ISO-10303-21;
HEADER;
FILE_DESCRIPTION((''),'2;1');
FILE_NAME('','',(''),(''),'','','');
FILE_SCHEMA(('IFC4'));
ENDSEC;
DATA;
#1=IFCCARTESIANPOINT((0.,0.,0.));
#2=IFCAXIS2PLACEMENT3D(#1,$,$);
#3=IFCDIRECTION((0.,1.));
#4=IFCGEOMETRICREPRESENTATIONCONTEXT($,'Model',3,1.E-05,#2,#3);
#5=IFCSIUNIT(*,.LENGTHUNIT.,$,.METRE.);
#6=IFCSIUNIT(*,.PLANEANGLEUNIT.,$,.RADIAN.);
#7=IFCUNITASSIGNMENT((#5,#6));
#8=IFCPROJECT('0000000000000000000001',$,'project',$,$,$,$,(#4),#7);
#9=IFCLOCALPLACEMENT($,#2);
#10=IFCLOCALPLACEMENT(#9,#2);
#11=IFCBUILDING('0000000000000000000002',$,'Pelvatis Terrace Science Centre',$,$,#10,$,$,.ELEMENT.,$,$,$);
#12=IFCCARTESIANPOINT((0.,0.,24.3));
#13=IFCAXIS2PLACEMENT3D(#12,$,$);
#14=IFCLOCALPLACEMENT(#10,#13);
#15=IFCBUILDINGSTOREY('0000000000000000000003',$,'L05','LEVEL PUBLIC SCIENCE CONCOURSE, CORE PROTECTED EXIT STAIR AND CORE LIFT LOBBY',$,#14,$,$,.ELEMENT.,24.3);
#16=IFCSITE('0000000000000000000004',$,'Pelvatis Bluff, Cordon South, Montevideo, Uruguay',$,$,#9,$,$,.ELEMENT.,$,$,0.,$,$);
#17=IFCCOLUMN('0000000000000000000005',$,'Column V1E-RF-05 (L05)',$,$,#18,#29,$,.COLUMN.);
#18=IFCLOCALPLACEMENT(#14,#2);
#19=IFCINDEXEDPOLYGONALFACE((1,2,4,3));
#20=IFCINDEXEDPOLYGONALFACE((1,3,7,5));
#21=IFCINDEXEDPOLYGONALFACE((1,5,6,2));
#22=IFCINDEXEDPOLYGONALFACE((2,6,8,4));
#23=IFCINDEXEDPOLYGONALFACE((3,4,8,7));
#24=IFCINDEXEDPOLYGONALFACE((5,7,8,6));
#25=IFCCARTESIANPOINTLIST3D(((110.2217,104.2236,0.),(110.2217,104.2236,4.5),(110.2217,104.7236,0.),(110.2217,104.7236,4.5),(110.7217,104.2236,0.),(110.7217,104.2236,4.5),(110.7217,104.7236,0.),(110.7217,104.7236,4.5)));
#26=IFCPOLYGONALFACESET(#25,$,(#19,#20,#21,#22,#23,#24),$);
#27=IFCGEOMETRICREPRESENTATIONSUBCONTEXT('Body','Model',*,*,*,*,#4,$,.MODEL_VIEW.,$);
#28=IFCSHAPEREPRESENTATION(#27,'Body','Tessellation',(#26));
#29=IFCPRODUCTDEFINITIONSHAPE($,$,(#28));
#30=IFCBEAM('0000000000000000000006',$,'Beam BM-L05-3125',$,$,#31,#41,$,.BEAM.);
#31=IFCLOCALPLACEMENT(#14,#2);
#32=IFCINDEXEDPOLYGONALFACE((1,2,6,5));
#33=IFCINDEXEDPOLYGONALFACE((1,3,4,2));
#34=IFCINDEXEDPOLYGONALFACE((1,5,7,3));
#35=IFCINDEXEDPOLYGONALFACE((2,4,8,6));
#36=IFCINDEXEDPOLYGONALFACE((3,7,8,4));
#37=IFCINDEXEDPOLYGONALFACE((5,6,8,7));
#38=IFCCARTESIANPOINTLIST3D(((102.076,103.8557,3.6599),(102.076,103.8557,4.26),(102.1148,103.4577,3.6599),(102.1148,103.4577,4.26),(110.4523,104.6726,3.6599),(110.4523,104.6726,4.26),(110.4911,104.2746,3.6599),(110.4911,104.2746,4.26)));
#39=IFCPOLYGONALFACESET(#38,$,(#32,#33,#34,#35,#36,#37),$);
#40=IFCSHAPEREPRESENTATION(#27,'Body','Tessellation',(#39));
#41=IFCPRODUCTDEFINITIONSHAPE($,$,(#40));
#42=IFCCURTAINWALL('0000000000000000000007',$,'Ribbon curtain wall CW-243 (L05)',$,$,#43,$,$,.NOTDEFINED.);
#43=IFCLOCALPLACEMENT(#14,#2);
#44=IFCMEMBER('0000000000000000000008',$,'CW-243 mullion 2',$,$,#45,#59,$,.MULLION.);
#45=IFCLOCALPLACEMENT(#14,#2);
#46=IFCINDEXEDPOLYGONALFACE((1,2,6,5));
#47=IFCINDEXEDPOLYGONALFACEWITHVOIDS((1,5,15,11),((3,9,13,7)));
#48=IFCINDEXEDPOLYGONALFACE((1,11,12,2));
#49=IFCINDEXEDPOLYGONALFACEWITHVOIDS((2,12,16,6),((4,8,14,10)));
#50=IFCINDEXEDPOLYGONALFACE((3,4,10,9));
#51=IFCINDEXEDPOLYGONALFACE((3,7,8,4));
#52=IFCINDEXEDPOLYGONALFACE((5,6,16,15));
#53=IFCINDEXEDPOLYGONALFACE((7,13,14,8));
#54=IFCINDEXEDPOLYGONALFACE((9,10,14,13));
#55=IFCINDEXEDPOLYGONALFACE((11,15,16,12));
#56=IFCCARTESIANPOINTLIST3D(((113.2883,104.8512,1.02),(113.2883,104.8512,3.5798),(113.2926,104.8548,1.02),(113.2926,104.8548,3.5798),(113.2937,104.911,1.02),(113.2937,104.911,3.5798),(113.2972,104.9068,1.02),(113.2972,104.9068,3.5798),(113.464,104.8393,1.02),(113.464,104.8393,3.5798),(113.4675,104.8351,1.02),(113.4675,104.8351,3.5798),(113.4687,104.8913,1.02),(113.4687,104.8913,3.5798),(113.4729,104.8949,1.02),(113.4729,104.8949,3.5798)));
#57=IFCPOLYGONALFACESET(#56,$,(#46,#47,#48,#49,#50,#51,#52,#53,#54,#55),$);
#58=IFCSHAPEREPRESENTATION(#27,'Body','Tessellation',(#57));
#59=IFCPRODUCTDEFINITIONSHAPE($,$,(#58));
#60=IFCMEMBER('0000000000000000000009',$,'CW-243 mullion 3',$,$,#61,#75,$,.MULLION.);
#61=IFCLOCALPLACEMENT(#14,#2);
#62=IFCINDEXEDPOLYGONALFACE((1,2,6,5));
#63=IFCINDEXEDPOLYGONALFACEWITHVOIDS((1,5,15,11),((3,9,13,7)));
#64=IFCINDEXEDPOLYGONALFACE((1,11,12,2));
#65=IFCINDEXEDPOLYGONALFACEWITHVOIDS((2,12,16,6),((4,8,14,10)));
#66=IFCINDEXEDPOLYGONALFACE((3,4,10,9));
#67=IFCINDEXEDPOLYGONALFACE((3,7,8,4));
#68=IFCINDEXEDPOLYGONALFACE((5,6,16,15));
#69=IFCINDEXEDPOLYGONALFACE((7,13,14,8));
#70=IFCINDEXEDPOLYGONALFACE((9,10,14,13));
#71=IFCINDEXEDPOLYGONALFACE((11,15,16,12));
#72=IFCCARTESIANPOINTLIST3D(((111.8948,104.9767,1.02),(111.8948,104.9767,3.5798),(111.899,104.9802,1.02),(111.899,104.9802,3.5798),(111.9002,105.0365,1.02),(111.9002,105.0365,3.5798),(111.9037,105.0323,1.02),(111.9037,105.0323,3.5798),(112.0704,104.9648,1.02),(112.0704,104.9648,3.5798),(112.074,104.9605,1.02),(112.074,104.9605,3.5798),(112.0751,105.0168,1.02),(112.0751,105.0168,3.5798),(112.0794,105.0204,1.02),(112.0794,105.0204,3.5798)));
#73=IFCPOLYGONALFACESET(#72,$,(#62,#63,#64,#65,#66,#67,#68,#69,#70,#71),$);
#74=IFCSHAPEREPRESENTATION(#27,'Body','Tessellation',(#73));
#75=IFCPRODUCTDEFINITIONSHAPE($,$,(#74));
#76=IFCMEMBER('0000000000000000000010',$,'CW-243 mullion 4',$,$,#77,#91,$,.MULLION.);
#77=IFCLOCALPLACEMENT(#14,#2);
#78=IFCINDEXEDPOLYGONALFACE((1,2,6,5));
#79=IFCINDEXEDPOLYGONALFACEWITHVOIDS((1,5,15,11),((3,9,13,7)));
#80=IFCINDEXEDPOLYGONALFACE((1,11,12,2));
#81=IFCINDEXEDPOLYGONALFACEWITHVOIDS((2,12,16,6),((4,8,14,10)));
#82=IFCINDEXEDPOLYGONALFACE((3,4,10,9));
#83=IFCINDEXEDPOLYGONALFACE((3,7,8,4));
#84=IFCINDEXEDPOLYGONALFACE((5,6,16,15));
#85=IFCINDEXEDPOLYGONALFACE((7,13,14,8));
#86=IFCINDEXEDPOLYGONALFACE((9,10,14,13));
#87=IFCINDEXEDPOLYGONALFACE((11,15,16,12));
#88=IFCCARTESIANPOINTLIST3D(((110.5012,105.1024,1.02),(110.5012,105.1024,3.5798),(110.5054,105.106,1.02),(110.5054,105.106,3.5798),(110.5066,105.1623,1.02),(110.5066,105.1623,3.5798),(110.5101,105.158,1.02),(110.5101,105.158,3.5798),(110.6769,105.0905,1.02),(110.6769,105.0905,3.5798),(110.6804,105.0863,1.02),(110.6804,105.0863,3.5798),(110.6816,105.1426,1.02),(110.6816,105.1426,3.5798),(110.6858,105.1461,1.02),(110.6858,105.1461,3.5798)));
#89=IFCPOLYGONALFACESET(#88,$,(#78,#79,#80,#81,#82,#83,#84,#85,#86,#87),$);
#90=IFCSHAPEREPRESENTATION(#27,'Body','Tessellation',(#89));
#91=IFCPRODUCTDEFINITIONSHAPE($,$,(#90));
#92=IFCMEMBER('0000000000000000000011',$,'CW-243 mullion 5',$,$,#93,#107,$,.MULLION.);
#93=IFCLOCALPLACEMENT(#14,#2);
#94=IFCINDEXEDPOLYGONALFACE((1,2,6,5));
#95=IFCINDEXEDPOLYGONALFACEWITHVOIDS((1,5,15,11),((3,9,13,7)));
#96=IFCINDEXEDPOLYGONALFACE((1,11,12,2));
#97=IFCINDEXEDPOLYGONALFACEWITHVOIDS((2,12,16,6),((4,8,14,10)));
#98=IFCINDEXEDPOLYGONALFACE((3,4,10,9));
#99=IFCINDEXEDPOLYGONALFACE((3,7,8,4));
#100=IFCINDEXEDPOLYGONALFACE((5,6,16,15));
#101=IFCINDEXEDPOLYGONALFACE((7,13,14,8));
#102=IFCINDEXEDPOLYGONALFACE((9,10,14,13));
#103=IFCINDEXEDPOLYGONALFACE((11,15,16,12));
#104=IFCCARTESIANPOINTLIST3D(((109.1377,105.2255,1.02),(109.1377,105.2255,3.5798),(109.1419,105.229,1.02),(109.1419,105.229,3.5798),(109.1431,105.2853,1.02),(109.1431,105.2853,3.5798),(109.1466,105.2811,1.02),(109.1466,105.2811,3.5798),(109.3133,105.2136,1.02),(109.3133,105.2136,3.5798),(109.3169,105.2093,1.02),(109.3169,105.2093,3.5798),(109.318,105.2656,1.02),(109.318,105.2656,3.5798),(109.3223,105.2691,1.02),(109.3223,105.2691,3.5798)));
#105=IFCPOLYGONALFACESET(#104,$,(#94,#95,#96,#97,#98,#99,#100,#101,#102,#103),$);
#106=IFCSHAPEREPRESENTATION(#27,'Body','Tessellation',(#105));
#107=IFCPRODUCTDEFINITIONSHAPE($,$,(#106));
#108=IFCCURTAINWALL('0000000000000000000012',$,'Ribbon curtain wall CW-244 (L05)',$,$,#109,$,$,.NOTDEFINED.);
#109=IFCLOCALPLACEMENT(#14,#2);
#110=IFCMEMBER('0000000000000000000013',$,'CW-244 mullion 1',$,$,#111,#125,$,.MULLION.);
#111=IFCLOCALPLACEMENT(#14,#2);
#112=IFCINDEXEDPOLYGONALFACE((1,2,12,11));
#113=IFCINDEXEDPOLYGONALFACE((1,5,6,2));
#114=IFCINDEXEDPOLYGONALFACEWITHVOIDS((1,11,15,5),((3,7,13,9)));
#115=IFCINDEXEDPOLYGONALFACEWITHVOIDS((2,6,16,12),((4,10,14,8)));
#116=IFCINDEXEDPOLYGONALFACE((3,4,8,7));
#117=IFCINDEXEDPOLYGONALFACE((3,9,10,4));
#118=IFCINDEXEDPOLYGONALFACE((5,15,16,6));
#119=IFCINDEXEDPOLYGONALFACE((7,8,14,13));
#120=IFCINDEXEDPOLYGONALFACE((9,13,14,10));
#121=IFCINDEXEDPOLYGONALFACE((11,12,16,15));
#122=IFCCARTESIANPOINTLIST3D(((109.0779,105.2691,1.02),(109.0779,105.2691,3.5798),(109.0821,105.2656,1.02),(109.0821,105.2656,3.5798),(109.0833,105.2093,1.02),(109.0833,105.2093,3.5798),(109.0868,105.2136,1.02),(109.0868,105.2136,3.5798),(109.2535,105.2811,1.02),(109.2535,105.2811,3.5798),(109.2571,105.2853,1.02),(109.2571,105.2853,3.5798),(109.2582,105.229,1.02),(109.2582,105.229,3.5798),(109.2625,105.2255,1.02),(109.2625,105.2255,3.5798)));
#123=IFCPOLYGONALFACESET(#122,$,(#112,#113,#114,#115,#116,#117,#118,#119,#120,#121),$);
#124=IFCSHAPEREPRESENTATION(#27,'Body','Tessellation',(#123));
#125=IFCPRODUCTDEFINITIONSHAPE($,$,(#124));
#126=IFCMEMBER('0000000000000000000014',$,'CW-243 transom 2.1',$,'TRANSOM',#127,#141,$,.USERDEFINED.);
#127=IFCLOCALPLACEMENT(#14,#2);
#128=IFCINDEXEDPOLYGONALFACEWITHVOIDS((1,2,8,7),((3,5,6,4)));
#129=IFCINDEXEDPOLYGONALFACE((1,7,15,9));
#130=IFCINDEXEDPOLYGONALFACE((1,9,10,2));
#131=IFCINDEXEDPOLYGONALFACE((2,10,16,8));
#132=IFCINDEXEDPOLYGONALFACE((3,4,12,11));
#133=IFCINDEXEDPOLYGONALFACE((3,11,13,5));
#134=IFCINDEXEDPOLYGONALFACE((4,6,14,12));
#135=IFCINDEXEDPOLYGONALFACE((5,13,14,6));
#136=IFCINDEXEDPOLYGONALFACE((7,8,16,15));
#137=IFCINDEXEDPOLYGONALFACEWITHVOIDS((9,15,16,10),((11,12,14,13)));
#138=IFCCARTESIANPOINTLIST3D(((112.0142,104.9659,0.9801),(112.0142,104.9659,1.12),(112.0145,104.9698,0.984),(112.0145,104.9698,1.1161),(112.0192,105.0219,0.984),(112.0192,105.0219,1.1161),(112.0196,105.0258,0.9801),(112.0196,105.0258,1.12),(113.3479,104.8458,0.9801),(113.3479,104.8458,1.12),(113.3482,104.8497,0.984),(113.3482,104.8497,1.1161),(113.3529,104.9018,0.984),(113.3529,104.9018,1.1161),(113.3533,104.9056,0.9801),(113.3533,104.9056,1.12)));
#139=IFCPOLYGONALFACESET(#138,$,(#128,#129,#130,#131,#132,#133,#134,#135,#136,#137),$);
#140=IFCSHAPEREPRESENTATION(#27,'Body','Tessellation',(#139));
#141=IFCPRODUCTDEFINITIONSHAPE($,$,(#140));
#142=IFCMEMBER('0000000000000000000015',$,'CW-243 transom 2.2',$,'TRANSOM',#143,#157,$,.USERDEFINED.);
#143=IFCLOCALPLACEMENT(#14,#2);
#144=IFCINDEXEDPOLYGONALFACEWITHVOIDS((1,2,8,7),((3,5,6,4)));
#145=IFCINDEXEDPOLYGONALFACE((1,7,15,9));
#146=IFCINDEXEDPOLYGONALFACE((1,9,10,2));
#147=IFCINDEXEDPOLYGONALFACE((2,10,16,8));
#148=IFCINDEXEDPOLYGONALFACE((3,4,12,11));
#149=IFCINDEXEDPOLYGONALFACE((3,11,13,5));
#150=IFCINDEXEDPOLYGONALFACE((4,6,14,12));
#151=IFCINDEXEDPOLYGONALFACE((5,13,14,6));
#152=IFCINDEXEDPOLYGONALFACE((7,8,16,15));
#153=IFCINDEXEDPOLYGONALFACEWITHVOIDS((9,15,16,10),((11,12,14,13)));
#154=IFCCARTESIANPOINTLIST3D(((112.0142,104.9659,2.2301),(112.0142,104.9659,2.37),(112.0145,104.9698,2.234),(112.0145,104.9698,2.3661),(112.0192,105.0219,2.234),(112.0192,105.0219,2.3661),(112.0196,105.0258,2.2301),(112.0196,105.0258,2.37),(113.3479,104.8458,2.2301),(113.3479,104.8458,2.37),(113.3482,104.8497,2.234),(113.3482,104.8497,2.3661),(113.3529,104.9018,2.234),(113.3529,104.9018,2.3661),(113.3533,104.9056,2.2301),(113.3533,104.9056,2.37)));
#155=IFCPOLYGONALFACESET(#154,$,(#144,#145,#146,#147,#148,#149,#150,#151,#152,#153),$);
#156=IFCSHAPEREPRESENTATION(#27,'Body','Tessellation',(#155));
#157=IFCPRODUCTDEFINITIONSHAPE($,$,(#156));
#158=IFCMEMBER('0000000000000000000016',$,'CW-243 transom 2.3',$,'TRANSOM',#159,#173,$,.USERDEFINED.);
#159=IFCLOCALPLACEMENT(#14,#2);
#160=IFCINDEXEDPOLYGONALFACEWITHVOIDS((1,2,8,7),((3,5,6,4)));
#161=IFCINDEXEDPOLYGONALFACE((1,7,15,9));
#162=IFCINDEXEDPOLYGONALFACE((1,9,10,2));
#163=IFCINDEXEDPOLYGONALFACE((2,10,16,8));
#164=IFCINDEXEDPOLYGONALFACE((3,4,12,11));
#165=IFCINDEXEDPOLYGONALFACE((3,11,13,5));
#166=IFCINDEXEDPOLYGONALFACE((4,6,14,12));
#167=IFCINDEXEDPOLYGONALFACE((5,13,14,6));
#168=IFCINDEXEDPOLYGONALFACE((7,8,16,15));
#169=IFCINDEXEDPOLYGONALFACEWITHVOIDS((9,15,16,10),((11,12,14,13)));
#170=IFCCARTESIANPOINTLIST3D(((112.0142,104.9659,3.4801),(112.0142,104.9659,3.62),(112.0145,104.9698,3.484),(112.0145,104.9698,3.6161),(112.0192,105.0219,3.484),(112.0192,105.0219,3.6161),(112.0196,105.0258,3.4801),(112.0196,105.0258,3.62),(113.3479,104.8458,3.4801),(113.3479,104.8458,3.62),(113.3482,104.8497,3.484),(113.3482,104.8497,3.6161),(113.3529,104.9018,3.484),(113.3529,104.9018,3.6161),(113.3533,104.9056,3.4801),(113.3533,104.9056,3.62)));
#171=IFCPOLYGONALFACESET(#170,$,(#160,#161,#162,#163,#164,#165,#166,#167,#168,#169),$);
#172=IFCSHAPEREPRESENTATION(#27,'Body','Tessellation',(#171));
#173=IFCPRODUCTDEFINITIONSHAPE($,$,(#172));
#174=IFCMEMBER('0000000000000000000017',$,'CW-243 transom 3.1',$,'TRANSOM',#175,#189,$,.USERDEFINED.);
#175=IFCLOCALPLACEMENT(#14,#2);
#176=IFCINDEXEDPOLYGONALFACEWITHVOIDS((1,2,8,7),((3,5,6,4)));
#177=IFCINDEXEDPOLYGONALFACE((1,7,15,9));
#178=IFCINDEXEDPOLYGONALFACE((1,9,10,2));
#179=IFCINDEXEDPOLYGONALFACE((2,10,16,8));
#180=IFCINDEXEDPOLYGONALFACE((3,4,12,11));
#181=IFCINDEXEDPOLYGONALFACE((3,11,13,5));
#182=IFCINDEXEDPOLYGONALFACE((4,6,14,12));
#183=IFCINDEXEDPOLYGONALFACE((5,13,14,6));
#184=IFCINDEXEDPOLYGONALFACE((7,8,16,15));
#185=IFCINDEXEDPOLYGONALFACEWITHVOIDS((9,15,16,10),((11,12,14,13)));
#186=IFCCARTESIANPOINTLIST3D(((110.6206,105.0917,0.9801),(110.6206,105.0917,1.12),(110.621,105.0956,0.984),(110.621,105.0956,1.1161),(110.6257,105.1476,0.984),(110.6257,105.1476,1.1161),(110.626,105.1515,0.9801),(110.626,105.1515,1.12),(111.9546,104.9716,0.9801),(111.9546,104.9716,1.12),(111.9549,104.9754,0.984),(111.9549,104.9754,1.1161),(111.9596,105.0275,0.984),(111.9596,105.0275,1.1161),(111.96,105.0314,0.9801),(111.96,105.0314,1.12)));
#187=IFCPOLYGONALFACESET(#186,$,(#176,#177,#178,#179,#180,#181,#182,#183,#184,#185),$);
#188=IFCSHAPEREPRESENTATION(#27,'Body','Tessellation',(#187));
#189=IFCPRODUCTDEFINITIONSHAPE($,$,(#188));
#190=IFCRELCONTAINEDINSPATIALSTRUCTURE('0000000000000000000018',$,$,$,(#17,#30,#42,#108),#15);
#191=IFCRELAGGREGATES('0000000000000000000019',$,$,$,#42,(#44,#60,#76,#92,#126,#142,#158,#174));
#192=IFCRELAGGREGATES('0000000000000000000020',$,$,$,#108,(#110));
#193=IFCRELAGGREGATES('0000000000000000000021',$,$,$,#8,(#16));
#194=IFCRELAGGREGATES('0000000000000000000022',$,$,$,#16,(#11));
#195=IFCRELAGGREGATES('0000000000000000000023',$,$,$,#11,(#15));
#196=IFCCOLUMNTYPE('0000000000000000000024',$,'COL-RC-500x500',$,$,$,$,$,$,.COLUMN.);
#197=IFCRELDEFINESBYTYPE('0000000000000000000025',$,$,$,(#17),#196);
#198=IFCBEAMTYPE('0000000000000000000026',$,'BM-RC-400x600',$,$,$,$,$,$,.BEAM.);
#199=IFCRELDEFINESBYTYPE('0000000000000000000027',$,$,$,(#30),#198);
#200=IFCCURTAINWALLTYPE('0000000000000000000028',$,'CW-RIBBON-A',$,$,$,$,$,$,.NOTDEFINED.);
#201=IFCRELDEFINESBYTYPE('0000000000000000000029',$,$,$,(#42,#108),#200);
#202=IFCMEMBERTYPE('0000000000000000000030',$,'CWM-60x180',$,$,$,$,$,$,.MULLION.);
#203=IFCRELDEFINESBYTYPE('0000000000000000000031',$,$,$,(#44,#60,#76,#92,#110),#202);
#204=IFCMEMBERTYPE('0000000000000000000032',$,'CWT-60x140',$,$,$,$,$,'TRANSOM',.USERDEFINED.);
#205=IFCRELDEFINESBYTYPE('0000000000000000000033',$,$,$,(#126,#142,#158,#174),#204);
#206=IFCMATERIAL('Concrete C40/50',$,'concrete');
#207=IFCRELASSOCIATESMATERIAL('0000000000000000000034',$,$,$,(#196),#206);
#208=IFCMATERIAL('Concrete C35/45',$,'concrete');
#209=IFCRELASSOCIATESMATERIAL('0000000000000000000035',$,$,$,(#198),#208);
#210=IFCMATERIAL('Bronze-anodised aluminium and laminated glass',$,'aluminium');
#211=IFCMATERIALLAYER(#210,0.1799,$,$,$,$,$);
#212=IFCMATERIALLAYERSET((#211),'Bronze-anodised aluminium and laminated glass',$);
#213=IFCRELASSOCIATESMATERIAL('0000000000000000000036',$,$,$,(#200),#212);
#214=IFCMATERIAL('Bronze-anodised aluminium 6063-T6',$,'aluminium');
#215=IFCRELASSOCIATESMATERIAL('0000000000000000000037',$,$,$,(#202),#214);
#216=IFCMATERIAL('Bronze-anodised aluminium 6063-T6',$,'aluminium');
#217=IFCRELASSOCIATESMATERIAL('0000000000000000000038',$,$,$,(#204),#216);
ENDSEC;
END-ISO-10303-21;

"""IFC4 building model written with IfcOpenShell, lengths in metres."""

from ifc_helpers import new_model, si_unit, direction, frame, origin, origin_2d, place, context, subcontext, project, spatial, rectangle, hollow_rectangle, extrude, material, layer, layer_set, material_profile, profile_set, type_object, element, aggregate, save


model = new_model("IFC4")

# Units and contexts
model_context = context("Model", 3, precision=1e-05, world=origin(), true_north=direction((0.0, 1.0)))
body_context = subcontext(model_context, "Body", "Model", "MODEL_VIEW")
ifc_project = project(units=[si_unit("LENGTHUNIT", "METRE"), si_unit("PLANEANGLEUNIT", "RADIAN")], contexts=[model_context])

# Site, building, storey
site_placement = place(None, origin())
site = spatial("IfcSite", under=ifc_project, at=site_placement, Name="Pelvatis Bluff, Cordon South, Montevideo, Uruguay", CompositionType="ELEMENT", RefElevation=0.0)
building_placement = place(site_placement, origin())
building = spatial("IfcBuilding", under=site, at=building_placement, Name="Pelvatis Terrace Science Centre", CompositionType="ELEMENT")
storey_placement = place(building_placement, frame((0.0, 0.0, 24.3)))
storey = spatial("IfcBuildingStorey", under=building, at=storey_placement, Name="L05", Description="LEVEL PUBLIC SCIENCE CONCOURSE, CORE PROTECTED EXIT STAIR AND CORE LIFT LOBBY", CompositionType="ELEMENT", Elevation=24.3)

# Column
ifc_material_1 = material(Name="Concrete C40/50", Category="concrete")
ifc_material_profile_1 = material_profile(ifc_material_1, rectangle(XDim=0.5, YDim=0.5, at=origin_2d()), Name="RC-COL 500x500")
ifc_profile_set_1 = profile_set([ifc_material_profile_1], Name="Concrete C40/50")
column_type = type_object("IfcColumnType", Name="COL-RC-500x500", PredefinedType="COLUMN", material=ifc_profile_set_1)
column_placement = place(storey_placement, frame((110.4717, 104.4736, 0.0), z_axis=(0.0, 0.0, 1.0), x_axis=(1.0, 0.0, 0.0)))
element("IfcColumn", 1, at=column_placement, inside=storey, type_object=column_type, Name="Column V1E-RF-05 (L05)", PredefinedType="COLUMN", context=body_context, shape_type="SweptSolid", body=[
    extrude(rectangle(XDim=0.5, YDim=0.5, at=origin_2d()), origin(), (0.0, 0.0, 1.0), 4.5),
])

# Beam
ifc_material_2 = material(Name="Concrete C35/45", Category="concrete")
ifc_material_profile_2 = material_profile(ifc_material_2, rectangle(XDim=0.3999, YDim=0.6001, at=origin_2d()), Name="RC-BM 400x600")
ifc_profile_set_2 = profile_set([ifc_material_profile_2], Name="Concrete C35/45")
beam_type = type_object("IfcBeamType", Name="BM-RC-400x600", PredefinedType="BEAM", material=ifc_profile_set_2)
beam_placement = place(storey_placement, frame((110.4717, 104.4736, 3.96), z_axis=(-0.995278, -0.097065, 0.0), x_axis=(0.097065, -0.995278, 0.0)))
element("IfcBeam", 2, at=beam_placement, inside=storey, type_object=beam_type, Name="Beam BM-L05-3125", PredefinedType="BEAM", context=body_context, shape_type="SweptSolid", body=[
    extrude(rectangle(XDim=0.3999, YDim=0.6001, at=origin_2d()), origin(), (0.0, 0.0, 1.0), 8.416),
])

# Curtain wall, members
ifc_material_3 = material(Name="Bronze-anodised aluminium and laminated glass", Category="aluminium")
ifc_layer_1 = layer(ifc_material_3, 0.1799)
ifc_layer_set_1 = layer_set([ifc_layer_1], Name="Bronze-anodised aluminium and laminated glass")
curtain_wall_type = type_object("IfcCurtainWallType", Name="CW-RIBBON-A", PredefinedType="NOTDEFINED", material=ifc_layer_set_1)
curtain_wall_1_placement = place(storey_placement, origin())
curtain_wall_1 = element("IfcCurtainWall", 3, at=curtain_wall_1_placement, inside=storey, type_object=curtain_wall_type, Name="Ribbon curtain wall CW-243 (L05)", PredefinedType="NOTDEFINED")
ifc_material_4 = material(Name="Bronze-anodised aluminium 6063-T6", Category="aluminium")
ifc_material_profile_3 = material_profile(ifc_material_4, hollow_rectangle(XDim=0.0601, YDim=0.1799, WallThickness=0.0039, at=origin_2d()), Name="ALU-MUL 60x180")
ifc_profile_set_3 = profile_set([ifc_material_profile_3], Name="Bronze-anodised aluminium 6063-T6")
member_type_1 = type_object("IfcMemberType", Name="CWM-60x180", PredefinedType="MULLION", material=ifc_profile_set_3)
member_1_placement = place(storey_placement, frame((113.3806, 104.873, 1.02), z_axis=(0.0, 0.0, 1.0), x_axis=(-0.08982, -0.995958, 0.0)))
member_1 = element("IfcMember", 4, at=member_1_placement, type_object=member_type_1, Name="CW-243 mullion 2", PredefinedType="MULLION", context=body_context, shape_type="SweptSolid", body=[
    extrude(hollow_rectangle(XDim=0.0601, YDim=0.1799, WallThickness=0.0039, at=origin_2d()), origin(), (0.0, 0.0, 1.0), 2.5598),
])
member_2_placement = place(storey_placement, frame((111.9871, 104.9985, 1.02), z_axis=(0.0, 0.0, 1.0), x_axis=(-0.08982, -0.995958, 0.0)))
member_2 = element("IfcMember", 5, at=member_2_placement, type_object=member_type_1, Name="CW-243 mullion 3", PredefinedType="MULLION", context=body_context, shape_type="SweptSolid", body=[
    extrude(hollow_rectangle(XDim=0.0601, YDim=0.1799, WallThickness=0.0039, at=origin_2d()), origin(), (0.0, 0.0, 1.0), 2.5598),
])
member_3_placement = place(storey_placement, frame((110.5935, 105.1243, 1.02), z_axis=(0.0, 0.0, 1.0), x_axis=(-0.08982, -0.995958, 0.0)))
member_3 = element("IfcMember", 6, at=member_3_placement, type_object=member_type_1, Name="CW-243 mullion 4", PredefinedType="MULLION", context=body_context, shape_type="SweptSolid", body=[
    extrude(hollow_rectangle(XDim=0.0601, YDim=0.1799, WallThickness=0.0039, at=origin_2d()), origin(), (0.0, 0.0, 1.0), 2.5598),
])
member_4_placement = place(storey_placement, frame((109.23, 105.2473, 1.02), z_axis=(0.0, 0.0, 1.0), x_axis=(-0.08982, -0.995958, 0.0)))
member_4 = element("IfcMember", 7, at=member_4_placement, type_object=member_type_1, Name="CW-243 mullion 5", PredefinedType="MULLION", context=body_context, shape_type="SweptSolid", body=[
    extrude(hollow_rectangle(XDim=0.0601, YDim=0.1799, WallThickness=0.0039, at=origin_2d()), origin(), (0.0, 0.0, 1.0), 2.5598),
])

# Curtain wall, member
curtain_wall_2_placement = place(storey_placement, origin())
curtain_wall_2 = element("IfcCurtainWall", 8, at=curtain_wall_2_placement, inside=storey, type_object=curtain_wall_type, Name="Ribbon curtain wall CW-244 (L05)", PredefinedType="NOTDEFINED")
member_5_placement = place(storey_placement, frame((109.1702, 105.2473, 1.02), z_axis=(0.0, 0.0, 1.0), x_axis=(0.08982, -0.995958, 0.0)))
member_5 = element("IfcMember", 9, at=member_5_placement, type_object=member_type_1, Name="CW-244 mullion 1", PredefinedType="MULLION", context=body_context, shape_type="SweptSolid", body=[
    extrude(hollow_rectangle(XDim=0.0601, YDim=0.1799, WallThickness=0.0039, at=origin_2d()), origin(), (0.0, 0.0, 1.0), 2.5598),
])

# Members
ifc_material_5 = material(Name="Bronze-anodised aluminium 6063-T6", Category="aluminium")
ifc_material_profile_4 = material_profile(ifc_material_5, hollow_rectangle(XDim=0.0601, YDim=0.1399, WallThickness=0.0039, at=origin_2d()), Name="ALU-TRN 60x140")
ifc_profile_set_4 = profile_set([ifc_material_profile_4], Name="Bronze-anodised aluminium 6063-T6")
member_type_2 = type_object("IfcMemberType", Name="CWT-60x140", ElementType="TRANSOM", PredefinedType="USERDEFINED", material=ifc_profile_set_4)
member_6_placement = place(storey_placement, frame((113.3506, 104.8757, 1.05), z_axis=(-0.995969, 0.089697, 0.0), x_axis=(-0.089697, -0.995969, 0.0)))
member_6 = element("IfcMember", 10, at=member_6_placement, type_object=member_type_2, Name="CW-243 transom 2.1", ObjectType="TRANSOM", PredefinedType="USERDEFINED", context=body_context, shape_type="SweptSolid", body=[
    extrude(hollow_rectangle(XDim=0.0601, YDim=0.1399, WallThickness=0.0039, at=origin_2d()), origin(), (0.0, 0.0, 1.0), 1.3391),
])
member_7_placement = place(storey_placement, frame((113.3506, 104.8757, 2.3), z_axis=(-0.995969, 0.089697, 0.0), x_axis=(-0.089697, -0.995969, 0.0)))
member_7 = element("IfcMember", 11, at=member_7_placement, type_object=member_type_2, Name="CW-243 transom 2.2", ObjectType="TRANSOM", PredefinedType="USERDEFINED", context=body_context, shape_type="SweptSolid", body=[
    extrude(hollow_rectangle(XDim=0.0601, YDim=0.1399, WallThickness=0.0039, at=origin_2d()), origin(), (0.0, 0.0, 1.0), 1.3391),
])
member_8_placement = place(storey_placement, frame((113.3506, 104.8757, 3.55), z_axis=(-0.995969, 0.089697, 0.0), x_axis=(-0.089697, -0.995969, 0.0)))
member_8 = element("IfcMember", 12, at=member_8_placement, type_object=member_type_2, Name="CW-243 transom 2.3", ObjectType="TRANSOM", PredefinedType="USERDEFINED", context=body_context, shape_type="SweptSolid", body=[
    extrude(hollow_rectangle(XDim=0.0601, YDim=0.1399, WallThickness=0.0039, at=origin_2d()), origin(), (0.0, 0.0, 1.0), 1.3391),
])
member_9_placement = place(storey_placement, frame((111.9573, 105.0015, 1.05), z_axis=(-0.995971, 0.089681, 0.0), x_axis=(-0.089681, -0.995971, 0.0)))
member_9 = element("IfcMember", 13, at=member_9_placement, type_object=member_type_2, Name="CW-243 transom 3.1", ObjectType="TRANSOM", PredefinedType="USERDEFINED", context=body_context, shape_type="SweptSolid", body=[
    extrude(hollow_rectangle(XDim=0.0601, YDim=0.1399, WallThickness=0.0039, at=origin_2d()), origin(), (0.0, 0.0, 1.0), 1.3394),
])

aggregate(curtain_wall_1, [member_1, member_2, member_3, member_4, member_6, member_7, member_8, member_9])
aggregate(curtain_wall_2, [member_5])

save(model, "model.ifc")
